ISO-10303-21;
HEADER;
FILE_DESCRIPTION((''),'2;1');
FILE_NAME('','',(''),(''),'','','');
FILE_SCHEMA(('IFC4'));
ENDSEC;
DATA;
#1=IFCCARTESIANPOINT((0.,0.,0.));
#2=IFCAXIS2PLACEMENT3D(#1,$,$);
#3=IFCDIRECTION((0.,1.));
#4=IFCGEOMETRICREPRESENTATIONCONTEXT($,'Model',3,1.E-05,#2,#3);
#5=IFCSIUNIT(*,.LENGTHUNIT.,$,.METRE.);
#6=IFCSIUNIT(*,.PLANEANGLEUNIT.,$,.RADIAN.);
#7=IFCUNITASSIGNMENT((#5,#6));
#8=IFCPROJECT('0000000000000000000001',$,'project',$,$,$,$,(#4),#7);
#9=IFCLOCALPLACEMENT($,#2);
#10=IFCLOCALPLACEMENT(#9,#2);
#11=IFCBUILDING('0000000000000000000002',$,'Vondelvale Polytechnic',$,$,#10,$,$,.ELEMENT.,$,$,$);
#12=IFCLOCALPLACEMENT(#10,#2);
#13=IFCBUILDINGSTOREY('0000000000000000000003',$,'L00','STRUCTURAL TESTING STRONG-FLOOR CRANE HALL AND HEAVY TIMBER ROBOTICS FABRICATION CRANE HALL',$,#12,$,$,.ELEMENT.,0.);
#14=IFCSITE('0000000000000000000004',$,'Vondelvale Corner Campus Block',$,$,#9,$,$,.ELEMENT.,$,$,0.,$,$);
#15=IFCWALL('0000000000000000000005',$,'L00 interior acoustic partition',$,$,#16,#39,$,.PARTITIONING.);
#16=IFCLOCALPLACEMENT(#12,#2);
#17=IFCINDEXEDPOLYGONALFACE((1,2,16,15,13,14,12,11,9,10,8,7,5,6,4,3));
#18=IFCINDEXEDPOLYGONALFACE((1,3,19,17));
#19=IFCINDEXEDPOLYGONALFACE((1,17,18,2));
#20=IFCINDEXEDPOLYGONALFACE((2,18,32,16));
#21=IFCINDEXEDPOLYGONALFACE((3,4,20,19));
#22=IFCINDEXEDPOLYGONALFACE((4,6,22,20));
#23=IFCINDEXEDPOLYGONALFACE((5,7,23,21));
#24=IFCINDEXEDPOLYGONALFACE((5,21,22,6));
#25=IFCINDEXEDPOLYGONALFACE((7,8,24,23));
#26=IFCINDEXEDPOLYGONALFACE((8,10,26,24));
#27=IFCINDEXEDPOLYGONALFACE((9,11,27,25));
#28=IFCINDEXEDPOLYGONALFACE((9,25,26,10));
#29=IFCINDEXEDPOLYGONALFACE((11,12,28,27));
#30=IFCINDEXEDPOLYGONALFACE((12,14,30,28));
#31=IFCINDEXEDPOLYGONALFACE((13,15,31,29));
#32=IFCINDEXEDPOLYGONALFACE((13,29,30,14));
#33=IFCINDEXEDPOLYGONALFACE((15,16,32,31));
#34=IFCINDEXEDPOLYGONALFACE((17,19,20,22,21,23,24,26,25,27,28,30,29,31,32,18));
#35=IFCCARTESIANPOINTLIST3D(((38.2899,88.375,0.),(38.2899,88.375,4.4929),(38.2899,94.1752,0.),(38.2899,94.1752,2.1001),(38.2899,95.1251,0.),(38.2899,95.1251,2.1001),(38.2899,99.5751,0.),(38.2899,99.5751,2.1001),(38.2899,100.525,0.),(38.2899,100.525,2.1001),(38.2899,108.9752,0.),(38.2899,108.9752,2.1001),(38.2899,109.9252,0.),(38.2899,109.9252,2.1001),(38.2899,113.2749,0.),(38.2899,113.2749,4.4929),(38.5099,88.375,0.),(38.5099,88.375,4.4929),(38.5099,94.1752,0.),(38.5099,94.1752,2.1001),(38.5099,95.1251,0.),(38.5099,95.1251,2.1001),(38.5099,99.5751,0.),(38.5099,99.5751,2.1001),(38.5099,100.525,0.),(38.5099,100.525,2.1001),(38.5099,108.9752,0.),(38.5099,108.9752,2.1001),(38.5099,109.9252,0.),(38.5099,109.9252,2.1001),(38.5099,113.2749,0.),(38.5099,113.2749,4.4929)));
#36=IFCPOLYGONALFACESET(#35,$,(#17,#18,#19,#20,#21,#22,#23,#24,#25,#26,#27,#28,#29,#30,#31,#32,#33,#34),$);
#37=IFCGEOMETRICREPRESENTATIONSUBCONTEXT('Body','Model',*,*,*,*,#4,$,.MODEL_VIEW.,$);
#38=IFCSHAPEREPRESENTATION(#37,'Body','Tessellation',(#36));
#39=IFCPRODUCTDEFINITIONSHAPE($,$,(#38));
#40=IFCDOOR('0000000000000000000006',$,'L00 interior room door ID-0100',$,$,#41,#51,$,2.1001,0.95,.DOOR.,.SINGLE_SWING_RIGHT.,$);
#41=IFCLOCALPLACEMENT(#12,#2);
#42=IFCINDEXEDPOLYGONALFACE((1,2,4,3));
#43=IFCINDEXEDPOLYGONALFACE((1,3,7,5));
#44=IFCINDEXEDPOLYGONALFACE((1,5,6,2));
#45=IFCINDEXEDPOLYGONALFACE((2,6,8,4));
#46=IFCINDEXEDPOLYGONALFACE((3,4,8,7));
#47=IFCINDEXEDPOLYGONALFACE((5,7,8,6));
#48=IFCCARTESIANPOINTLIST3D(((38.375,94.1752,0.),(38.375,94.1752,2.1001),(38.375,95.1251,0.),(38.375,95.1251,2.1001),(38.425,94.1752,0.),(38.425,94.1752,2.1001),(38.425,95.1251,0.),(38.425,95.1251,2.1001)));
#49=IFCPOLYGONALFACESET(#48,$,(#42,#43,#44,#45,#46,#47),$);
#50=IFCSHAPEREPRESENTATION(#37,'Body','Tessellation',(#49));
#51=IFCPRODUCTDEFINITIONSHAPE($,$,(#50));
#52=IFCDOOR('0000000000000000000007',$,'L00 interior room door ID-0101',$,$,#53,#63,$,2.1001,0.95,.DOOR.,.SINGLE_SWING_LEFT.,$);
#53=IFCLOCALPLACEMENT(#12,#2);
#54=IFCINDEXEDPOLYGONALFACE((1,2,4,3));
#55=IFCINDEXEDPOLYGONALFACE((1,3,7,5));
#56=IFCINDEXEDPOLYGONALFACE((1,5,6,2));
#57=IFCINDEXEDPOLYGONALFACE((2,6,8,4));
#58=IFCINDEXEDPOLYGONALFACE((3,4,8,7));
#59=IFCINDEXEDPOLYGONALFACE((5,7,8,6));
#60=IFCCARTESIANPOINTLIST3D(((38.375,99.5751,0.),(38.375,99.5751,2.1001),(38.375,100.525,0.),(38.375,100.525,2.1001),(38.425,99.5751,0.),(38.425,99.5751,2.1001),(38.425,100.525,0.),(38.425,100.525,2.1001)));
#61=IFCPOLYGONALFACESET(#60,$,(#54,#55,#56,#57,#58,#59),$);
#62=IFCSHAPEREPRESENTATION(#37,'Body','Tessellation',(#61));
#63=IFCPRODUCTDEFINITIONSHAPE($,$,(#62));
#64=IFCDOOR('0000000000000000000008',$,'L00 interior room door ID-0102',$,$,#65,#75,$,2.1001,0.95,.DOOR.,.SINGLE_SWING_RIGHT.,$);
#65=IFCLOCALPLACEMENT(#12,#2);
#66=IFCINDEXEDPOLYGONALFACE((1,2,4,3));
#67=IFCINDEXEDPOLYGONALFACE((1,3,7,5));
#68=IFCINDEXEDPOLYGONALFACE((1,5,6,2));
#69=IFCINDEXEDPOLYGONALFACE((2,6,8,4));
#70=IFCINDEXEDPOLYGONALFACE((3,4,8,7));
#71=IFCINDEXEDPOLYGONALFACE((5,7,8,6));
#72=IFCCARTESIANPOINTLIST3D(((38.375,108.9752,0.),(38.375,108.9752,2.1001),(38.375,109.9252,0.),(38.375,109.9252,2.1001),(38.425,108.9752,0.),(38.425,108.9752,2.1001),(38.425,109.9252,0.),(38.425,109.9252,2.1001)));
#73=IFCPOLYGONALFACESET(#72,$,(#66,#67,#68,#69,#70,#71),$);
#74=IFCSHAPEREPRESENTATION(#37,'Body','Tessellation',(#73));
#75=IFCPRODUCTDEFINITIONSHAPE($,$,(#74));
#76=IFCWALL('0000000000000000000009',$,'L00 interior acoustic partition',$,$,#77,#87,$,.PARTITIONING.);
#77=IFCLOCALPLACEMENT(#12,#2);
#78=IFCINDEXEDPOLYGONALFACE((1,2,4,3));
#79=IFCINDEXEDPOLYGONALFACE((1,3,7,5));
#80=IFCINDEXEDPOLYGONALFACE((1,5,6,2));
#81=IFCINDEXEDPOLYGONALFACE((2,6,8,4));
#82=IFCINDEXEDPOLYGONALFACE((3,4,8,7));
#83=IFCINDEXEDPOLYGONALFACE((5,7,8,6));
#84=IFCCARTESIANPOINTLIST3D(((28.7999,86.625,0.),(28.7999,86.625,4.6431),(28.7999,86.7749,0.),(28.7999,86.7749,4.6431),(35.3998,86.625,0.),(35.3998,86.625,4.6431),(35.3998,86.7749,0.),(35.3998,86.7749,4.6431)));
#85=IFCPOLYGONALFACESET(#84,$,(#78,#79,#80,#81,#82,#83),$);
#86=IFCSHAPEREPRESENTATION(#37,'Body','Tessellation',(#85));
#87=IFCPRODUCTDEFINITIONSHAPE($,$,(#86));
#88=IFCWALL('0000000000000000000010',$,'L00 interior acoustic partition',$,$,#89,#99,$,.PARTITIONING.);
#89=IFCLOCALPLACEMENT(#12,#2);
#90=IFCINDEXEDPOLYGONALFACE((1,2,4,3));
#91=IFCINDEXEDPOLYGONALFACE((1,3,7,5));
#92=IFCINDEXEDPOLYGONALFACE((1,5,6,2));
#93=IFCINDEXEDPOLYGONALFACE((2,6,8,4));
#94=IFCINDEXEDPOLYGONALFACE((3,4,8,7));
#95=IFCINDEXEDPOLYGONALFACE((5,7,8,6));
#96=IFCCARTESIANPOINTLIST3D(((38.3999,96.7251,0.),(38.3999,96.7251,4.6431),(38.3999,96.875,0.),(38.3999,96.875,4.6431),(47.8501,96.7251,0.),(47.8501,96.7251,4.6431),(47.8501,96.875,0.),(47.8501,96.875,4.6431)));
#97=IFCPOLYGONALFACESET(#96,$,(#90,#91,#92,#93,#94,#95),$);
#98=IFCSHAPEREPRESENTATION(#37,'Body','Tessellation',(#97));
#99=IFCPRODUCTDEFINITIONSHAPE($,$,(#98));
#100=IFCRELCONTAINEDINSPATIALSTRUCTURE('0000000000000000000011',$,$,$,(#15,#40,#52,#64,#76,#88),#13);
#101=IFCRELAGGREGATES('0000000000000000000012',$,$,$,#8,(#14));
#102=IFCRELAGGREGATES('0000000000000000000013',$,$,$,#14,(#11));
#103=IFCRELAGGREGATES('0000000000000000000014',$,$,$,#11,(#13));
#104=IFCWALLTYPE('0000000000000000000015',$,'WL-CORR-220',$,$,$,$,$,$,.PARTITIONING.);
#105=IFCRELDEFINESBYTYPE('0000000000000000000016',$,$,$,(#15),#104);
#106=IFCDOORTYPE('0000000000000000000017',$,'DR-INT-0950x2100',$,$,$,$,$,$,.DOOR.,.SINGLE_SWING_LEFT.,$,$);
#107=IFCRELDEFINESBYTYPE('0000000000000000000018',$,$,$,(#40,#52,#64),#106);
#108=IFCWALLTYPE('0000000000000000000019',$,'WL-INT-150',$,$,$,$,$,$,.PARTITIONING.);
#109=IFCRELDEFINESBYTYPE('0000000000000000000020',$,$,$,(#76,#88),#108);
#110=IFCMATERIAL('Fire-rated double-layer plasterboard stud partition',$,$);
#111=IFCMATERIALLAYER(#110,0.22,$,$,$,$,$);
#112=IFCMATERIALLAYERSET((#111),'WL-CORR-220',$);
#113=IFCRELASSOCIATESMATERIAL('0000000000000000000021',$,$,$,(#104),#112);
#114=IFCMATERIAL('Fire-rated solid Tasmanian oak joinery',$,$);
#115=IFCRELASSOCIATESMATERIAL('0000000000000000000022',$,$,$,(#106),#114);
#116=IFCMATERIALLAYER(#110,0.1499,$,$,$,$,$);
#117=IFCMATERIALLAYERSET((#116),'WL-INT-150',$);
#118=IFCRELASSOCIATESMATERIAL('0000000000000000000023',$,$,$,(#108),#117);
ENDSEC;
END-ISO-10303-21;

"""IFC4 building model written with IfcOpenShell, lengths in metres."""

from ifc_helpers import new_model, si_unit, direction, frame, frame_2d, origin, place, context, subcontext, project, spatial, rectangle, extrude, material, layer, layer_set, type_object, element, fill, save


model = new_model("IFC4")

# Units and contexts
model_context = context("Model", 3, precision=1e-05, world=origin(), true_north=direction((0.0, 1.0)))
body_context = subcontext(model_context, "Body", "Model", "MODEL_VIEW")
ifc_project = project(units=[si_unit("LENGTHUNIT", "METRE"), si_unit("PLANEANGLEUNIT", "RADIAN")], contexts=[model_context])

# Site, building, storey
site_placement = place(None, origin())
site = spatial("IfcSite", under=ifc_project, at=site_placement, Name="Vondelvale Corner Campus Block", CompositionType="ELEMENT", RefElevation=0.0)
building_placement = place(site_placement, origin())
building = spatial("IfcBuilding", under=site, at=building_placement, Name="Vondelvale Polytechnic", CompositionType="ELEMENT")
storey_placement = place(building_placement, origin())
storey = spatial("IfcBuildingStorey", under=building, at=storey_placement, Name="L00", Description="STRUCTURAL TESTING STRONG-FLOOR CRANE HALL AND HEAVY TIMBER ROBOTICS FABRICATION CRANE HALL", CompositionType="ELEMENT", Elevation=0.0)

# Wall, openings, doors
ifc_material_1 = material(Name="Fire-rated double-layer plasterboard stud partition")
ifc_layer_1 = layer(ifc_material_1, 0.22)
ifc_layer_set_1 = layer_set([ifc_layer_1], Name="WL-CORR-220")
wall_type_1 = type_object("IfcWallType", Name="WL-CORR-220", PredefinedType="PARTITIONING", material=ifc_layer_set_1)
wall_1_placement = place(storey_placement, frame((38.3999, 88.375, 0.0), z_axis=(0.0, 0.0, 1.0), x_axis=(0.0, 1.0, 0.0)))
wall_1 = element("IfcWall", 1, at=wall_1_placement, inside=storey, type_object=wall_type_1, Name="L00 interior acoustic partition", PredefinedType="PARTITIONING", context=body_context, shape_type="SweptSolid", body=[
    extrude(rectangle(XDim=24.8999, YDim=0.22, at=frame_2d((12.45, 0.0))), origin(), (0.0, 0.0, 1.0), 4.4929),
])
opening_1_placement = place(wall_1_placement, frame((5.8, 0.0, 0.0)))
opening_1 = element("IfcOpeningElement", 2, at=opening_1_placement, cuts=wall_1, PredefinedType="OPENING", context=body_context, shape_type="SweptSolid", body=[
    extrude(rectangle(XDim=0.95, YDim=2.1001, at=frame_2d((0.4751, 1.05))), frame((0.0, 0.1199, 0.0), z_axis=(0.0, -1.0, 0.0), x_axis=(1.0, 0.0, 0.0)), (0.0, 0.0, 1.0), 0.24),
])
opening_2_placement = place(wall_1_placement, frame((11.2, 0.0, 0.0)))
opening_2 = element("IfcOpeningElement", 3, at=opening_2_placement, cuts=wall_1, PredefinedType="OPENING", context=body_context, shape_type="SweptSolid", body=[
    extrude(rectangle(XDim=0.95, YDim=2.1001, at=frame_2d((0.4751, 1.05))), frame((0.0, 0.1199, 0.0), z_axis=(0.0, -1.0, 0.0), x_axis=(1.0, 0.0, 0.0)), (0.0, 0.0, 1.0), 0.24),
])
opening_3_placement = place(wall_1_placement, frame((20.6001, 0.0, 0.0)))
opening_3 = element("IfcOpeningElement", 4, at=opening_3_placement, cuts=wall_1, PredefinedType="OPENING", context=body_context, shape_type="SweptSolid", body=[
    extrude(rectangle(XDim=0.95, YDim=2.1001, at=frame_2d((0.4751, 1.05))), frame((0.0, 0.1199, 0.0), z_axis=(0.0, -1.0, 0.0), x_axis=(1.0, 0.0, 0.0)), (0.0, 0.0, 1.0), 0.24),
])
ifc_material_2 = material(Name="Fire-rated solid Tasmanian oak joinery")
door_type = type_object("IfcDoorType", Name="DR-INT-0950x2100", OperationType="SINGLE_SWING_LEFT", PredefinedType="DOOR", material=ifc_material_2)
door_1_placement = place(opening_1_placement, origin())
door_1 = element("IfcDoor", 5, at=door_1_placement, inside=storey, type_object=door_type, Name="L00 interior room door ID-0100", OperationType="SINGLE_SWING_RIGHT", OverallHeight=2.1001, OverallWidth=0.95, PredefinedType="DOOR", context=body_context, shape_type="SweptSolid", body=[
    extrude(rectangle(XDim=0.95, YDim=2.1001, at=frame_2d((0.4751, 1.05))), frame((0.0, 0.0249, 0.0), z_axis=(0.0, -1.0, 0.0), x_axis=(1.0, 0.0, 0.0)), (0.0, 0.0, 1.0), 0.05),
])
fill(opening_1, door_1)
door_2_placement = place(opening_2_placement, origin())
door_2 = element("IfcDoor", 6, at=door_2_placement, inside=storey, type_object=door_type, Name="L00 interior room door ID-0101", OperationType="SINGLE_SWING_LEFT", OverallHeight=2.1001, OverallWidth=0.95, PredefinedType="DOOR", context=body_context, shape_type="SweptSolid", body=[
    extrude(rectangle(XDim=0.95, YDim=2.1001, at=frame_2d((0.4751, 1.05))), frame((0.0, 0.0249, 0.0), z_axis=(0.0, -1.0, 0.0), x_axis=(1.0, 0.0, 0.0)), (0.0, 0.0, 1.0), 0.05),
])
fill(opening_2, door_2)
door_3_placement = place(opening_3_placement, origin())
door_3 = element("IfcDoor", 7, at=door_3_placement, inside=storey, type_object=door_type, Name="L00 interior room door ID-0102", OperationType="SINGLE_SWING_RIGHT", OverallHeight=2.1001, OverallWidth=0.95, PredefinedType="DOOR", context=body_context, shape_type="SweptSolid", body=[
    extrude(rectangle(XDim=0.95, YDim=2.1001, at=frame_2d((0.4751, 1.05))), frame((0.0, 0.0249, 0.0), z_axis=(0.0, -1.0, 0.0), x_axis=(1.0, 0.0, 0.0)), (0.0, 0.0, 1.0), 0.05),
])
fill(opening_3, door_3)

# Walls
ifc_layer_2 = layer(ifc_material_1, 0.1499)
ifc_layer_set_2 = layer_set([ifc_layer_2], Name="WL-INT-150")
wall_type_2 = type_object("IfcWallType", Name="WL-INT-150", PredefinedType="PARTITIONING", material=ifc_layer_set_2)
wall_2_placement = place(storey_placement, frame((28.8, 86.7, 0.0), z_axis=(0.0, 0.0, 1.0), x_axis=(1.0, 0.0, 0.0)))
element("IfcWall", 8, at=wall_2_placement, inside=storey, type_object=wall_type_2, Name="L00 interior acoustic partition", PredefinedType="PARTITIONING", context=body_context, shape_type="SweptSolid", body=[
    extrude(rectangle(XDim=6.5999, YDim=0.1499, at=frame_2d((3.2998, 0.0))), origin(), (0.0, 0.0, 1.0), 4.6431),
])
wall_3_placement = place(storey_placement, frame((38.3999, 96.8, 0.0), z_axis=(0.0, 0.0, 1.0), x_axis=(1.0, 0.0, 0.0)))
element("IfcWall", 9, at=wall_3_placement, inside=storey, type_object=wall_type_2, Name="L00 interior acoustic partition", PredefinedType="PARTITIONING", context=body_context, shape_type="SweptSolid", body=[
    extrude(rectangle(XDim=9.4502, YDim=0.1499, at=frame_2d((4.7251, 0.0))), origin(), (0.0, 0.0, 1.0), 4.6431),
])

save(model, "model.ifc")
